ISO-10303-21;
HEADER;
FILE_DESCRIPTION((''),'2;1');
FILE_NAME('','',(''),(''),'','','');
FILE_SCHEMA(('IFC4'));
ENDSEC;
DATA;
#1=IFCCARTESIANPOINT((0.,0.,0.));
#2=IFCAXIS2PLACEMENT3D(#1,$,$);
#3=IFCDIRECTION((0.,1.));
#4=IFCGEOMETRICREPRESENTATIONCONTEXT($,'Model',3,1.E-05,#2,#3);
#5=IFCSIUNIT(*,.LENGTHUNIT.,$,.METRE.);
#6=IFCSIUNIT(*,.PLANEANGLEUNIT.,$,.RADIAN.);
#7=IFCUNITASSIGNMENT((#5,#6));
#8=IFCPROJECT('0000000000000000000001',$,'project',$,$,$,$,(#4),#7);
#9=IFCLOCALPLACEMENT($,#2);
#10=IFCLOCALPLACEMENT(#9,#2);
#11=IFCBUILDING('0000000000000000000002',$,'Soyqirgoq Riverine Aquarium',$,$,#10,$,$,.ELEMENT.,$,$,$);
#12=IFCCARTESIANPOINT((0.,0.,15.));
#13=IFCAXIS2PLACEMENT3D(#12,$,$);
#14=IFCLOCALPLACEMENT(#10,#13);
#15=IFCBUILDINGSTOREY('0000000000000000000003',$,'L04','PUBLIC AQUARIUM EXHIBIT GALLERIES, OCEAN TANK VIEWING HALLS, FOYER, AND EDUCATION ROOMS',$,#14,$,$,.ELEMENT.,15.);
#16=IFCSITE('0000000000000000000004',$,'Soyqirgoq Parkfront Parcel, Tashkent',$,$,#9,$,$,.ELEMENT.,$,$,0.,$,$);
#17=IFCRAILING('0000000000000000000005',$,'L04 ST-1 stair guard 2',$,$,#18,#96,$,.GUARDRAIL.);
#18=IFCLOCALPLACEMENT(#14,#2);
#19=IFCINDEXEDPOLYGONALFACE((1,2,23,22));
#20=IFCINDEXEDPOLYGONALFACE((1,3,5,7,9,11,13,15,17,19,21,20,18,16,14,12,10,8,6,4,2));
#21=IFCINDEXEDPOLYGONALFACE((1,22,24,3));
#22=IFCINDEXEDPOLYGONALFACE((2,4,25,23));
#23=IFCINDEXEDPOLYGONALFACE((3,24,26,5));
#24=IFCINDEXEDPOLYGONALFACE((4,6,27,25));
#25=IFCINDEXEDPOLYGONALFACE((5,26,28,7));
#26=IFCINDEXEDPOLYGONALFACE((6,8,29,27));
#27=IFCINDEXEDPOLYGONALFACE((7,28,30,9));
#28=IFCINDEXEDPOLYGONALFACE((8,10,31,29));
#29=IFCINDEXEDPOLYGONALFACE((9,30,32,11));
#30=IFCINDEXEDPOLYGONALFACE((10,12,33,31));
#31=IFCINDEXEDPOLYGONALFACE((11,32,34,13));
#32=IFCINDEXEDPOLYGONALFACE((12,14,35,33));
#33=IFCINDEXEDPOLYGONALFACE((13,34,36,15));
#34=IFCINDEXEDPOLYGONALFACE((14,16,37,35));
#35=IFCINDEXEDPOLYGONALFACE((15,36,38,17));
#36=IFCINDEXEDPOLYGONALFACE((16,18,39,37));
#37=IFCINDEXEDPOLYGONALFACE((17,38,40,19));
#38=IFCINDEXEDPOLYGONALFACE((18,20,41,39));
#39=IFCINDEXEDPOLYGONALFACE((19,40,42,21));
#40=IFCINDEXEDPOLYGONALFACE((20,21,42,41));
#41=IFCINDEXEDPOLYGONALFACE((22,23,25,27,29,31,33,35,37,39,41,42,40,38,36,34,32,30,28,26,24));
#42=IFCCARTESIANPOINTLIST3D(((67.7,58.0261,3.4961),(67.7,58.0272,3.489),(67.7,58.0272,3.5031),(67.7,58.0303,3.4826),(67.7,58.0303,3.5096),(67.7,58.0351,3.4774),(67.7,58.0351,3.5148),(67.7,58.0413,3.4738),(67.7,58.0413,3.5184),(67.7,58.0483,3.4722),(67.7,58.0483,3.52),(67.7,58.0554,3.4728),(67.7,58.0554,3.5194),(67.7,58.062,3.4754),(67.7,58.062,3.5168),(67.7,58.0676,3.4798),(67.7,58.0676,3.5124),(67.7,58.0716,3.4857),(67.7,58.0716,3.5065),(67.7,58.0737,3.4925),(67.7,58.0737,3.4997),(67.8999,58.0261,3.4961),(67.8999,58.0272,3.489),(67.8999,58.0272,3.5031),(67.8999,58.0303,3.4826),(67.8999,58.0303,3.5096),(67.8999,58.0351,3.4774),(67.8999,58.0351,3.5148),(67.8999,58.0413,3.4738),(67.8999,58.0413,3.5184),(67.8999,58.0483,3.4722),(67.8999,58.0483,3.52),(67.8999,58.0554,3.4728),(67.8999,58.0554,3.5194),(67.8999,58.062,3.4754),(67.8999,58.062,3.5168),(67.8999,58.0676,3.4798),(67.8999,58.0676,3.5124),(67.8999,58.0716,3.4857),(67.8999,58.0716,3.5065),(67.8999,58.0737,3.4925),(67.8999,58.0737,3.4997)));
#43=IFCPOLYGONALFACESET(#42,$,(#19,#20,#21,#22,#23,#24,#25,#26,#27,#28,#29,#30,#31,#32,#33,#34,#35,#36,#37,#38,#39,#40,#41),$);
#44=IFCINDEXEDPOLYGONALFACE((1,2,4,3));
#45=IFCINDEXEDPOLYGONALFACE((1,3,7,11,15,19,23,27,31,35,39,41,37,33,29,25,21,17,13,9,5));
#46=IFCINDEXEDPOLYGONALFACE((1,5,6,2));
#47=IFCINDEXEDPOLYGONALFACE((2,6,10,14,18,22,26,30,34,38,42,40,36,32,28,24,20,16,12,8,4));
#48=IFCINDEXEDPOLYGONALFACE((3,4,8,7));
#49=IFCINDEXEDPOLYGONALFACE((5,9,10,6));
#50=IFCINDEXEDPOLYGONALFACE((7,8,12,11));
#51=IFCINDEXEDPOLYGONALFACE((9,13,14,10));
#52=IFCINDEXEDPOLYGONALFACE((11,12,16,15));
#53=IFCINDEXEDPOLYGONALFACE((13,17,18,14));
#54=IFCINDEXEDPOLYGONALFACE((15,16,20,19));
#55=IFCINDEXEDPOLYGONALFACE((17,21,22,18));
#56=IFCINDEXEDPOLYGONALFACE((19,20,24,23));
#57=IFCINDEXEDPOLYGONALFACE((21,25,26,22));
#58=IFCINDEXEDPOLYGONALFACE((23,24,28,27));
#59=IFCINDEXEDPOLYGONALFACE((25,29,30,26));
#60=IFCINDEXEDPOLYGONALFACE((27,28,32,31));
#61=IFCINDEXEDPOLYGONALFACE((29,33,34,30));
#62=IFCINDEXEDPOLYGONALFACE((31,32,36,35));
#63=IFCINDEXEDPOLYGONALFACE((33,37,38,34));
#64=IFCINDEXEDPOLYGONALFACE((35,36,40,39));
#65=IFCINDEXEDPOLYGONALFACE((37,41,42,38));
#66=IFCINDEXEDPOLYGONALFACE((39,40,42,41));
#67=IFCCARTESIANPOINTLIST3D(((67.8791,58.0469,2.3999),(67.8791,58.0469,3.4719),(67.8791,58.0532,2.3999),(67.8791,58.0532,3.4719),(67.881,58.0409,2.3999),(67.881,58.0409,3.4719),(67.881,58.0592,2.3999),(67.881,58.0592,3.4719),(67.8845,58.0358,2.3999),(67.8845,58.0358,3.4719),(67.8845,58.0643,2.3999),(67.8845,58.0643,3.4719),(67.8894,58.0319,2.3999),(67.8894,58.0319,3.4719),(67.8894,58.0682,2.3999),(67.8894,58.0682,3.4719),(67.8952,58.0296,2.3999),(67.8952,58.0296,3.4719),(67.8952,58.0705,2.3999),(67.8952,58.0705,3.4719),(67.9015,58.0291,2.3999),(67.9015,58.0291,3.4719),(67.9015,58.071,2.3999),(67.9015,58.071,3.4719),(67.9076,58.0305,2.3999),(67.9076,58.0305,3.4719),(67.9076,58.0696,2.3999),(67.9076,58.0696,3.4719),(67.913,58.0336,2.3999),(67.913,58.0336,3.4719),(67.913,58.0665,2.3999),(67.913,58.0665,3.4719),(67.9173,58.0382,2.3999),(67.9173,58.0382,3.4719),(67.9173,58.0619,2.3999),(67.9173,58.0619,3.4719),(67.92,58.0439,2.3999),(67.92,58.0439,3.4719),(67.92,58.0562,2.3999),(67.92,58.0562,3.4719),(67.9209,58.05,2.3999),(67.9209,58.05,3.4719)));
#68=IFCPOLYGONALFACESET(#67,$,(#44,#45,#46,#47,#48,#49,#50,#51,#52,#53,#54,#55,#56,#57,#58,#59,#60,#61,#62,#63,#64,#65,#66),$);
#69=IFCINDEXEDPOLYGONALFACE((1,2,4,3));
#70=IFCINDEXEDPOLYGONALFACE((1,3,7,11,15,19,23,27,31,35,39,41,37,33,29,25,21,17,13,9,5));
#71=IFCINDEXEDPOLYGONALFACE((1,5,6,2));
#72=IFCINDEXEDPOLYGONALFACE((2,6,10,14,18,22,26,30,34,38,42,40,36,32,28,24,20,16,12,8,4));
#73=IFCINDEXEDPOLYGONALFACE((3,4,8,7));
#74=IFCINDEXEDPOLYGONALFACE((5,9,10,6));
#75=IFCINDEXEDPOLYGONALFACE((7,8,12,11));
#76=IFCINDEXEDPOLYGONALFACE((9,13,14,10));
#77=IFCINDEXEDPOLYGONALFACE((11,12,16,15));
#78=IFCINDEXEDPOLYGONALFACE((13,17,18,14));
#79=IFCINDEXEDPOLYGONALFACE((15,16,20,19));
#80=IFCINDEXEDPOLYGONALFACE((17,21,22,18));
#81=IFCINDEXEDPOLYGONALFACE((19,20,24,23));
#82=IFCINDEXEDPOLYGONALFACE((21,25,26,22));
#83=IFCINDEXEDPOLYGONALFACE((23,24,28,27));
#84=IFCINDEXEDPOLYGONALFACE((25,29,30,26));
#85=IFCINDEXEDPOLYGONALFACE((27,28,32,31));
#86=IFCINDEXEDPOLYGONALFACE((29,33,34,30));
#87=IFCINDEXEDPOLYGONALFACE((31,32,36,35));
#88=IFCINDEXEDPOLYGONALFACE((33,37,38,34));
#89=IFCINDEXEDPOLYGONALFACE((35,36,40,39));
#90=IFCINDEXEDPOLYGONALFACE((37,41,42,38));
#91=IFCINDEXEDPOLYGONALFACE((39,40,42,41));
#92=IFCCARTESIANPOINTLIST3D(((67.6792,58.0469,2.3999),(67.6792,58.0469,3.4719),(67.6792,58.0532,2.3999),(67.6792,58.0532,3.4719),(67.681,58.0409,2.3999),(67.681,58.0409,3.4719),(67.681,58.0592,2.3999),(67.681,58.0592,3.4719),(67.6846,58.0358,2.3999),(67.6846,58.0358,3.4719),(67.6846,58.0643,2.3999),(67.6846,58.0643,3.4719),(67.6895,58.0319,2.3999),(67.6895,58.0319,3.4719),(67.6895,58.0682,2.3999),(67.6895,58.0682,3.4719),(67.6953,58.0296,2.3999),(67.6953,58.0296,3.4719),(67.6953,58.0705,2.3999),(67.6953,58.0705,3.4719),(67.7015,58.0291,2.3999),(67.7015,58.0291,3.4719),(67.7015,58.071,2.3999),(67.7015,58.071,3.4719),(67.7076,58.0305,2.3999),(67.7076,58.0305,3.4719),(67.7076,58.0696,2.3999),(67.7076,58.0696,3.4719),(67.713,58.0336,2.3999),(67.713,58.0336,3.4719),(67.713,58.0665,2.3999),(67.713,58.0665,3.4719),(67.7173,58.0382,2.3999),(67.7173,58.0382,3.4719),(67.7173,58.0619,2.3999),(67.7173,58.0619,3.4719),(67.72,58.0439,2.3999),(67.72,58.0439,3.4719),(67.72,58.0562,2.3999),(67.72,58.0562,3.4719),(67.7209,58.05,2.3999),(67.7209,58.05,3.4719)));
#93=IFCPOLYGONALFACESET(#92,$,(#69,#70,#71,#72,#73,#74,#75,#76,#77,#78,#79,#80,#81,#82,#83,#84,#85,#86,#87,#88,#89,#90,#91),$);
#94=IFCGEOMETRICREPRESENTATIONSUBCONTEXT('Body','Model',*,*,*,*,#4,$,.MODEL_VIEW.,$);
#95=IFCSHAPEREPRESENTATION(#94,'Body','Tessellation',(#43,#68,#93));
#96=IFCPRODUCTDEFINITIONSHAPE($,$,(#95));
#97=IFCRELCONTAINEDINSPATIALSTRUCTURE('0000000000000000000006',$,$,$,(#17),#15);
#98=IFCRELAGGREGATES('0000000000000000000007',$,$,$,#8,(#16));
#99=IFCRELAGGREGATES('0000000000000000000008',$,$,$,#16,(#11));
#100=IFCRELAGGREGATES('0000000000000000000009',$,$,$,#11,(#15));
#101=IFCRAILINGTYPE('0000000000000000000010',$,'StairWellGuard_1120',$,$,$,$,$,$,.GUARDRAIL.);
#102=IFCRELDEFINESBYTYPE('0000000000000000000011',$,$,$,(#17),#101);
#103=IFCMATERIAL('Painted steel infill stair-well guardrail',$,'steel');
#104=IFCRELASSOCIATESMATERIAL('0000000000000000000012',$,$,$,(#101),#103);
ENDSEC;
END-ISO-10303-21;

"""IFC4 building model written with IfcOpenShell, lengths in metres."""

from ifc_helpers import new_model, si_unit, direction, frame, origin, origin_2d, place, context, subcontext, project, spatial, circle, extrude, material, type_object, element, save


model = new_model("IFC4")

# Units and contexts
model_context = context("Model", 3, precision=1e-05, world=origin(), true_north=direction((0.0, 1.0)))
body_context = subcontext(model_context, "Body", "Model", "MODEL_VIEW")
ifc_project = project(units=[si_unit("LENGTHUNIT", "METRE"), si_unit("PLANEANGLEUNIT", "RADIAN")], contexts=[model_context])

# Site, building, storey
site_placement = place(None, origin())
site = spatial("IfcSite", under=ifc_project, at=site_placement, Name="Soyqirgoq Parkfront Parcel, Tashkent", CompositionType="ELEMENT", RefElevation=0.0)
building_placement = place(site_placement, origin())
building = spatial("IfcBuilding", under=site, at=building_placement, Name="Soyqirgoq Riverine Aquarium", CompositionType="ELEMENT")
storey_placement = place(building_placement, frame((0.0, 0.0, 15.0)))
storey = spatial("IfcBuildingStorey", under=building, at=storey_placement, Name="L04", Description="PUBLIC AQUARIUM EXHIBIT GALLERIES, OCEAN TANK VIEWING HALLS, FOYER, AND EDUCATION ROOMS", CompositionType="ELEMENT", Elevation=15.0)

# Railing
ifc_material_1 = material(Name="Painted steel infill stair-well guardrail", Category="steel")
railing_type_1 = type_object("IfcRailingType", Name="StairWellGuard_1120", PredefinedType="GUARDRAIL", material=ifc_material_1)
railing_1_placement = place(storey_placement, frame((67.8999, 58.05, 2.3999)))
element("IfcRailing", 1, at=railing_1_placement, inside=storey, type_object=railing_type_1, Name="L04 ST-1 stair guard 2", PredefinedType="GUARDRAIL", context=body_context, shape_type="SweptSolid", body=[
    extrude(circle(Radius=0.0239, at=origin_2d()), frame((0.0, 0.0, 1.0962), z_axis=(-1.0, 0.0, 0.0), x_axis=(0.0, -1.0, 0.0)), (0.0, 0.0, 1.0), 0.2),
    extrude(circle(Radius=0.021, at=origin_2d()), origin(), (0.0, 0.0, 1.0), 1.072),
    extrude(circle(Radius=0.021, at=origin_2d()), frame((-0.2, 0.0, 0.0)), (0.0, 0.0, 1.0), 1.072),
])

save(model, "model.ifc")
